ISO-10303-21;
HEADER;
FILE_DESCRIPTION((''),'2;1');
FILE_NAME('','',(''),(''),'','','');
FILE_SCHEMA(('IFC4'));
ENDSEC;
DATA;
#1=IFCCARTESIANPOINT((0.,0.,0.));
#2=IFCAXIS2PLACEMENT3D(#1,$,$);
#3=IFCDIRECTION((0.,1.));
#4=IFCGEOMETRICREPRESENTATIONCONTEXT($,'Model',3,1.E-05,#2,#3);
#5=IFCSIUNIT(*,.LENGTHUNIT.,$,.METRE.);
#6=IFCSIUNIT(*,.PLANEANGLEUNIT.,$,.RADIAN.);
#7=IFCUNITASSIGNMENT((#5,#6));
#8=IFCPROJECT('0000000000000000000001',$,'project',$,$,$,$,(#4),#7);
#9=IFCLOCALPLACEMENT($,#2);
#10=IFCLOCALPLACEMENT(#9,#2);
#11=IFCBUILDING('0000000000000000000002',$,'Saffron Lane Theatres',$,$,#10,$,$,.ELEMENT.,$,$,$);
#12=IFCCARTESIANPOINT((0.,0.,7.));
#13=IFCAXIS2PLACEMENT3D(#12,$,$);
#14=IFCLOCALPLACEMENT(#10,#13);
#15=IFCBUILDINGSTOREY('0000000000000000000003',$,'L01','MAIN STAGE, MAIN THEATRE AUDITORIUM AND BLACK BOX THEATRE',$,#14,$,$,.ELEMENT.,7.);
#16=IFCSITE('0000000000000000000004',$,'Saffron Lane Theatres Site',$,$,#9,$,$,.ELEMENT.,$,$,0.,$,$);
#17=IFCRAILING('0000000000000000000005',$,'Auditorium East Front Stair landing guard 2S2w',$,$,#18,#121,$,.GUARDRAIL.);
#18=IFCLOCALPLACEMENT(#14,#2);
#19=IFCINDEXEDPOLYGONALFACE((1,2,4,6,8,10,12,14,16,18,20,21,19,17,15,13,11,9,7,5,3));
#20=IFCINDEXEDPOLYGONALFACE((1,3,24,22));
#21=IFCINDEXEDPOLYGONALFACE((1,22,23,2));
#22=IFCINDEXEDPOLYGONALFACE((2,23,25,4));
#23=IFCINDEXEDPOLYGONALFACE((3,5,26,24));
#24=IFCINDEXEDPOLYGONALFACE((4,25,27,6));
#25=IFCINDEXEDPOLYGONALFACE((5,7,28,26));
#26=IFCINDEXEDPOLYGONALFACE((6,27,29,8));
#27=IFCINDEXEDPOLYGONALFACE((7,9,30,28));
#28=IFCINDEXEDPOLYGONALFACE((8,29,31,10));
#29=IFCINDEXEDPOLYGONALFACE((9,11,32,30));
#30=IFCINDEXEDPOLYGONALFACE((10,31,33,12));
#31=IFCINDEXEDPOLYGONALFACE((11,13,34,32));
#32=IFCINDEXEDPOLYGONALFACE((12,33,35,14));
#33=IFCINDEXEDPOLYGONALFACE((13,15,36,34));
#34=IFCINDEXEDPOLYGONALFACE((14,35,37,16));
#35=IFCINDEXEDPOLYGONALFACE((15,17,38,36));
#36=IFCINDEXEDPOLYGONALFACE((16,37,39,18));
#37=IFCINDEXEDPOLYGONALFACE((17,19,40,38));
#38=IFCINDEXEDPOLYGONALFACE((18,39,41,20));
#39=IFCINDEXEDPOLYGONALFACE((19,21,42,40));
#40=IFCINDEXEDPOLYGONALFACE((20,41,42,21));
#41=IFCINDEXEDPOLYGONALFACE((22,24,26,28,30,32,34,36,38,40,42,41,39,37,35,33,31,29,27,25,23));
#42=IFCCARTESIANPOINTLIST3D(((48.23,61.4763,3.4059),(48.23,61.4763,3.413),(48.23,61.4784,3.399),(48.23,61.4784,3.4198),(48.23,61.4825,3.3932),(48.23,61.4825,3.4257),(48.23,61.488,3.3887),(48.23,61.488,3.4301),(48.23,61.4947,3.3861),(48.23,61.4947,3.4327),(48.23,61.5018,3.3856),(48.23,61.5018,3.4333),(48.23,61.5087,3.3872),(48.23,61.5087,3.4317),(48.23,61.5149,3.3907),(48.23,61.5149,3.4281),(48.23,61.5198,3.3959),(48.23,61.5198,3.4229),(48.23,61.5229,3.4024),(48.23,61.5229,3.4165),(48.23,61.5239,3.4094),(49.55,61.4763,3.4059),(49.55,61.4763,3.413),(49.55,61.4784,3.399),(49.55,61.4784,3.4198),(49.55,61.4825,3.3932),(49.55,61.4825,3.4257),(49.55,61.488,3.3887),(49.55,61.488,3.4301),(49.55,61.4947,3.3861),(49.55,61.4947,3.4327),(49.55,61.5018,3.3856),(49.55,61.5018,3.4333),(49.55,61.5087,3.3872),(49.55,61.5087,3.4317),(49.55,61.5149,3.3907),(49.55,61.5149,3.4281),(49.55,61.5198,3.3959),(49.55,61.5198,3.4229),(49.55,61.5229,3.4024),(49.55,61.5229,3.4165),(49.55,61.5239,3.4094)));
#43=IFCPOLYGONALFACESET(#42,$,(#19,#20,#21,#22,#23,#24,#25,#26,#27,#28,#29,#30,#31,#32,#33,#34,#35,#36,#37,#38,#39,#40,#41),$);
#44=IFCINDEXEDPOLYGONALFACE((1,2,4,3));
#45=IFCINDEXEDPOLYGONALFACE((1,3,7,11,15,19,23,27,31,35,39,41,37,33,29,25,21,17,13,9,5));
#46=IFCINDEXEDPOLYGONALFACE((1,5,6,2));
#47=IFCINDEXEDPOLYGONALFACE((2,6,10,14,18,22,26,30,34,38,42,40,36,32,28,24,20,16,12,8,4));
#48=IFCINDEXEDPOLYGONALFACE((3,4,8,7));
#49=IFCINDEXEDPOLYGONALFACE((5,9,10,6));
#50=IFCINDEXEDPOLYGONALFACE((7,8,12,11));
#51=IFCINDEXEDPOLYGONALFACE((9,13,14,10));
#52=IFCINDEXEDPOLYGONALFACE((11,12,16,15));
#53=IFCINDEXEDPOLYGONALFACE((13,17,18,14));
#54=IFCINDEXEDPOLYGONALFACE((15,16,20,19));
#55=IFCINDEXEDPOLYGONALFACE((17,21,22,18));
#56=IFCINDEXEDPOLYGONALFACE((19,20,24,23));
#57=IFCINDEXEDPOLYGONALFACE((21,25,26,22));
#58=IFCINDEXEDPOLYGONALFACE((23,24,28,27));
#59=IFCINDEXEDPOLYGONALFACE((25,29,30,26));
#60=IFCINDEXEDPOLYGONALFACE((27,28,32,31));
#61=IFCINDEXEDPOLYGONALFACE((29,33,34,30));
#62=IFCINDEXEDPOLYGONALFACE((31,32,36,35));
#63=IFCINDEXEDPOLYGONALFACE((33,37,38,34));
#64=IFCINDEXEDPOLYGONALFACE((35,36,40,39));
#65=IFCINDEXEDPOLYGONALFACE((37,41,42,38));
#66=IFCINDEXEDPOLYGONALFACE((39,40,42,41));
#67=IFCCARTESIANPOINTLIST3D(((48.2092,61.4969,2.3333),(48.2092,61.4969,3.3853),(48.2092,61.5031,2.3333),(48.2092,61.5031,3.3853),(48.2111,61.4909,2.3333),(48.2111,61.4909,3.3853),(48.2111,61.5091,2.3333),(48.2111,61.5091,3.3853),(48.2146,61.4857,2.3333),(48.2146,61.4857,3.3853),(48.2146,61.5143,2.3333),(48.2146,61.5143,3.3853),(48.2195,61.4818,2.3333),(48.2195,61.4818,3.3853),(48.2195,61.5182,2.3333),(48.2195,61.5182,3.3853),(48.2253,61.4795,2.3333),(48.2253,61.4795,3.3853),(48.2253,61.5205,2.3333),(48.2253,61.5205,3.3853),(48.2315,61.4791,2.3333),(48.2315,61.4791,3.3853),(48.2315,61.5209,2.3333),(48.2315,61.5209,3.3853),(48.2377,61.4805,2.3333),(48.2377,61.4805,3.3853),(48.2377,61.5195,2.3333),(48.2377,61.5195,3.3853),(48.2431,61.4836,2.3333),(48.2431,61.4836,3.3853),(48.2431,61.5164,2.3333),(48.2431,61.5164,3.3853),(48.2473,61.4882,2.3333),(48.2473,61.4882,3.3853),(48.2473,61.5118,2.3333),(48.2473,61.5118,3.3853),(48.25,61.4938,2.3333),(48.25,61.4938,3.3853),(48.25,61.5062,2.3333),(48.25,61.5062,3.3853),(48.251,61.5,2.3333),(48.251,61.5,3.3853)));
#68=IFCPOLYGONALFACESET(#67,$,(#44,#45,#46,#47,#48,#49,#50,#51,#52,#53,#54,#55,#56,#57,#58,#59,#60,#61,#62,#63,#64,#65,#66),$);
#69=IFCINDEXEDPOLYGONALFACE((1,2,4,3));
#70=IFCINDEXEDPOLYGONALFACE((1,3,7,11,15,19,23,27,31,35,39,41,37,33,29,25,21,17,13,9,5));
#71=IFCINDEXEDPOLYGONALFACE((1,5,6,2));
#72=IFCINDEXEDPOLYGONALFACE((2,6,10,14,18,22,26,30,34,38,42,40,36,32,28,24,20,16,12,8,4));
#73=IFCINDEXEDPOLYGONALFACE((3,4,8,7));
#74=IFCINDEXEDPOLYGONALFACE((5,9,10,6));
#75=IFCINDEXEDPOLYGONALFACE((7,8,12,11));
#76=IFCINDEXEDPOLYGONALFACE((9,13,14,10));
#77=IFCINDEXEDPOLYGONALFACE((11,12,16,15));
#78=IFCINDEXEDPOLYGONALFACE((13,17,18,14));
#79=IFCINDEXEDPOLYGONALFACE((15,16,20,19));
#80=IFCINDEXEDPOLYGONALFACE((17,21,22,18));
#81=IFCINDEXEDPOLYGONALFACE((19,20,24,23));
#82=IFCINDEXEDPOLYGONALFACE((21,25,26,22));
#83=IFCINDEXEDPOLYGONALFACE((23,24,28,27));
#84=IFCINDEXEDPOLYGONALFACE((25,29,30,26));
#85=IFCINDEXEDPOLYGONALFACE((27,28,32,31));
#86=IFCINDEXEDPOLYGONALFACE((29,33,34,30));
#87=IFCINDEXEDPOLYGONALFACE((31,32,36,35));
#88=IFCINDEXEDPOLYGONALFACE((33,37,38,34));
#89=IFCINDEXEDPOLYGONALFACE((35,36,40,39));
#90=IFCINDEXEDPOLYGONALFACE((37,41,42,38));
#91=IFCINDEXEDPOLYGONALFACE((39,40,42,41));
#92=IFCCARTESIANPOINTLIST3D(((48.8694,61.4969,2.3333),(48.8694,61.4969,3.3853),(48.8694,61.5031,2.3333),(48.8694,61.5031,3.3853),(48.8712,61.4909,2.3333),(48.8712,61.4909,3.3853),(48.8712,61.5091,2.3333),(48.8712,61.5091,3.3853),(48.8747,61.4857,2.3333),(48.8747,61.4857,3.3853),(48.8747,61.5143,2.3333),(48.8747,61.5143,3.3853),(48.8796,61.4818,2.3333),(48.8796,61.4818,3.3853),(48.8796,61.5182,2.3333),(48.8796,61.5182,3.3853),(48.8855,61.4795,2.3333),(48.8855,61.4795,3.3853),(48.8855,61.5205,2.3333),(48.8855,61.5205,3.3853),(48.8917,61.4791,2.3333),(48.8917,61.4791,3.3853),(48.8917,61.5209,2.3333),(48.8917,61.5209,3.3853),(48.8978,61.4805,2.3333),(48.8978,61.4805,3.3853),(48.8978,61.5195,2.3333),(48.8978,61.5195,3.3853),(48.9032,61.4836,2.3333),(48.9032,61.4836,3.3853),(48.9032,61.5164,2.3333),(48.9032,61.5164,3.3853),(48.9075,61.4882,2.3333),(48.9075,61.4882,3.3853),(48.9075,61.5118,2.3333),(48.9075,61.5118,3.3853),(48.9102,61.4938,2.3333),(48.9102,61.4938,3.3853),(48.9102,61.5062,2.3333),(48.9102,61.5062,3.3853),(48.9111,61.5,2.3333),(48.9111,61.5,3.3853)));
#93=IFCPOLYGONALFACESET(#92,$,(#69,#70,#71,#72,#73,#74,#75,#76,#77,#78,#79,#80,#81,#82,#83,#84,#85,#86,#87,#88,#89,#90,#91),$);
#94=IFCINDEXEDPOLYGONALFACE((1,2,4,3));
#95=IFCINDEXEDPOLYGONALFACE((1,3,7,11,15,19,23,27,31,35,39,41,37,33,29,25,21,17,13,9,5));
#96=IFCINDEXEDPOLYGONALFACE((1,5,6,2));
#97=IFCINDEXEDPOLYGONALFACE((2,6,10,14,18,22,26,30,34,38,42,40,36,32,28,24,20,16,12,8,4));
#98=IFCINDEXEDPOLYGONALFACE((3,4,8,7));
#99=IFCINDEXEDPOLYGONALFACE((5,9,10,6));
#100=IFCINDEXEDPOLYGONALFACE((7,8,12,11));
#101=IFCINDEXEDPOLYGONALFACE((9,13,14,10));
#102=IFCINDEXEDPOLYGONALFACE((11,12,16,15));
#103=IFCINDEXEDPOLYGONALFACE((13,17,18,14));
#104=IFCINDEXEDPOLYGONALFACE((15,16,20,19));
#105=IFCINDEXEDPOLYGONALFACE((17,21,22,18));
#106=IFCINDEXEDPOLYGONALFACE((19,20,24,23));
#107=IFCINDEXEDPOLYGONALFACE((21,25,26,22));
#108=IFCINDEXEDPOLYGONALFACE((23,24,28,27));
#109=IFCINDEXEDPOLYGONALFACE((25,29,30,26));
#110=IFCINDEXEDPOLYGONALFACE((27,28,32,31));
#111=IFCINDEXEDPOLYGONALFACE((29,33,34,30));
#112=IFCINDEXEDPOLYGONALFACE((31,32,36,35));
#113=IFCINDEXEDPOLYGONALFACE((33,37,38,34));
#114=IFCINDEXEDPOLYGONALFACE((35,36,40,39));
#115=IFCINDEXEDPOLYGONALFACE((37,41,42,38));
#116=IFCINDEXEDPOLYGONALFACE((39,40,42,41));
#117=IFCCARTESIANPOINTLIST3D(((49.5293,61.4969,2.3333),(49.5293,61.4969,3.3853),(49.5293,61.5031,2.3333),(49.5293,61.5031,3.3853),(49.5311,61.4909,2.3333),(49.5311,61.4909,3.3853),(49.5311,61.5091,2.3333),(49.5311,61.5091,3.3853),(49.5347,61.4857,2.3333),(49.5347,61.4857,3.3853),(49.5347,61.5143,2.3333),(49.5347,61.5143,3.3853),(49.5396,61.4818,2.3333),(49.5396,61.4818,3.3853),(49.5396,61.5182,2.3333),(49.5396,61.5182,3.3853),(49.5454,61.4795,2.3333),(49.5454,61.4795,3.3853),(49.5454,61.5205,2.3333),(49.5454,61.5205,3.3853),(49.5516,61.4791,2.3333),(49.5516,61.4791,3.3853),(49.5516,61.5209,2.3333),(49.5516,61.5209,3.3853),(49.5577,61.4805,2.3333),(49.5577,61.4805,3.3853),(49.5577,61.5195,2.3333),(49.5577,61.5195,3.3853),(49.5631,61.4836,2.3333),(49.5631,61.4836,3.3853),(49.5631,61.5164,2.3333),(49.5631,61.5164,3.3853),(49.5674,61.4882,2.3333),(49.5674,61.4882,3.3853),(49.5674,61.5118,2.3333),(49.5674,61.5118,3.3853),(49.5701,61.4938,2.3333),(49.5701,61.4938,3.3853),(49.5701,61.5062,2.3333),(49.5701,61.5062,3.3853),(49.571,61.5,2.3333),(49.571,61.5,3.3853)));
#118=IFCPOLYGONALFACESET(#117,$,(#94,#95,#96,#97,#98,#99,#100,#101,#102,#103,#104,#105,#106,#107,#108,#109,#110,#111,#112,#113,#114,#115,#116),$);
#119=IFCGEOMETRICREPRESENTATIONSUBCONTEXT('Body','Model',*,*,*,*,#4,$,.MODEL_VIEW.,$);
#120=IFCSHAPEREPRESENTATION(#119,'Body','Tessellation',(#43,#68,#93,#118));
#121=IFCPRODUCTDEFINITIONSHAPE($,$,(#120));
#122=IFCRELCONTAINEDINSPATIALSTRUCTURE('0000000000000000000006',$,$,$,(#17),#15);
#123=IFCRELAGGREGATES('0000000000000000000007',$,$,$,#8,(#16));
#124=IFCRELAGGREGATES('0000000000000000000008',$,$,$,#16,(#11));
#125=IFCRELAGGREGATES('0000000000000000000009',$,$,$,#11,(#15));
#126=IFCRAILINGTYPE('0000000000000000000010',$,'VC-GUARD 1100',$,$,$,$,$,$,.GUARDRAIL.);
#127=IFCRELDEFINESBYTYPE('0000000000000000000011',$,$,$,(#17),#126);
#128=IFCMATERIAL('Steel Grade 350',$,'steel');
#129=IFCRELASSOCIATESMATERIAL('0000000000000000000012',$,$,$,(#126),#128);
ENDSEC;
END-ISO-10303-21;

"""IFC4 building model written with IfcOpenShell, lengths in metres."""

from ifc_helpers import new_model, si_unit, direction, frame, origin, origin_2d, place, context, subcontext, project, spatial, circle, extrude, material, type_object, element, save


model = new_model("IFC4")

# Units and contexts
model_context = context("Model", 3, precision=1e-05, world=origin(), true_north=direction((0.0, 1.0)))
body_context = subcontext(model_context, "Body", "Model", "MODEL_VIEW")
ifc_project = project(units=[si_unit("LENGTHUNIT", "METRE"), si_unit("PLANEANGLEUNIT", "RADIAN")], contexts=[model_context])

# Site, building, storey
site_placement = place(None, origin())
site = spatial("IfcSite", under=ifc_project, at=site_placement, Name="Saffron Lane Theatres Site", CompositionType="ELEMENT", RefElevation=0.0)
building_placement = place(site_placement, origin())
building = spatial("IfcBuilding", under=site, at=building_placement, Name="Saffron Lane Theatres", CompositionType="ELEMENT")
storey_placement = place(building_placement, frame((0.0, 0.0, 7.0)))
storey = spatial("IfcBuildingStorey", under=building, at=storey_placement, Name="L01", Description="MAIN STAGE, MAIN THEATRE AUDITORIUM AND BLACK BOX THEATRE", CompositionType="ELEMENT", Elevation=7.0)

# Railing
ifc_material_1 = material(Name="Steel Grade 350", Category="steel")
railing_type_1 = type_object("IfcRailingType", Name="VC-GUARD 1100", PredefinedType="GUARDRAIL", material=ifc_material_1)
railing_1_placement = place(storey_placement, frame((48.23, 61.5, 2.3333)))
element("IfcRailing", 1, at=railing_1_placement, inside=storey, type_object=railing_type_1, Name="Auditorium East Front Stair landing guard 2S2w", PredefinedType="GUARDRAIL", context=body_context, shape_type="SweptSolid", body=[
    extrude(circle(Radius=0.0239, at=origin_2d()), frame((0.0, 0.0, 1.0762), z_axis=(1.0, 0.0, 0.0), x_axis=(0.0, 1.0, 0.0)), (0.0, 0.0, 1.0), 1.3201),
    extrude(circle(Radius=0.021, at=origin_2d()), origin(), (0.0, 0.0, 1.0), 1.052),
    extrude(circle(Radius=0.021, at=origin_2d()), frame((0.6602, 0.0, 0.0)), (0.0, 0.0, 1.0), 1.052),
    extrude(circle(Radius=0.021, at=origin_2d()), frame((1.3201, 0.0, 0.0)), (0.0, 0.0, 1.0), 1.052),
])

save(model, "model.ifc")
